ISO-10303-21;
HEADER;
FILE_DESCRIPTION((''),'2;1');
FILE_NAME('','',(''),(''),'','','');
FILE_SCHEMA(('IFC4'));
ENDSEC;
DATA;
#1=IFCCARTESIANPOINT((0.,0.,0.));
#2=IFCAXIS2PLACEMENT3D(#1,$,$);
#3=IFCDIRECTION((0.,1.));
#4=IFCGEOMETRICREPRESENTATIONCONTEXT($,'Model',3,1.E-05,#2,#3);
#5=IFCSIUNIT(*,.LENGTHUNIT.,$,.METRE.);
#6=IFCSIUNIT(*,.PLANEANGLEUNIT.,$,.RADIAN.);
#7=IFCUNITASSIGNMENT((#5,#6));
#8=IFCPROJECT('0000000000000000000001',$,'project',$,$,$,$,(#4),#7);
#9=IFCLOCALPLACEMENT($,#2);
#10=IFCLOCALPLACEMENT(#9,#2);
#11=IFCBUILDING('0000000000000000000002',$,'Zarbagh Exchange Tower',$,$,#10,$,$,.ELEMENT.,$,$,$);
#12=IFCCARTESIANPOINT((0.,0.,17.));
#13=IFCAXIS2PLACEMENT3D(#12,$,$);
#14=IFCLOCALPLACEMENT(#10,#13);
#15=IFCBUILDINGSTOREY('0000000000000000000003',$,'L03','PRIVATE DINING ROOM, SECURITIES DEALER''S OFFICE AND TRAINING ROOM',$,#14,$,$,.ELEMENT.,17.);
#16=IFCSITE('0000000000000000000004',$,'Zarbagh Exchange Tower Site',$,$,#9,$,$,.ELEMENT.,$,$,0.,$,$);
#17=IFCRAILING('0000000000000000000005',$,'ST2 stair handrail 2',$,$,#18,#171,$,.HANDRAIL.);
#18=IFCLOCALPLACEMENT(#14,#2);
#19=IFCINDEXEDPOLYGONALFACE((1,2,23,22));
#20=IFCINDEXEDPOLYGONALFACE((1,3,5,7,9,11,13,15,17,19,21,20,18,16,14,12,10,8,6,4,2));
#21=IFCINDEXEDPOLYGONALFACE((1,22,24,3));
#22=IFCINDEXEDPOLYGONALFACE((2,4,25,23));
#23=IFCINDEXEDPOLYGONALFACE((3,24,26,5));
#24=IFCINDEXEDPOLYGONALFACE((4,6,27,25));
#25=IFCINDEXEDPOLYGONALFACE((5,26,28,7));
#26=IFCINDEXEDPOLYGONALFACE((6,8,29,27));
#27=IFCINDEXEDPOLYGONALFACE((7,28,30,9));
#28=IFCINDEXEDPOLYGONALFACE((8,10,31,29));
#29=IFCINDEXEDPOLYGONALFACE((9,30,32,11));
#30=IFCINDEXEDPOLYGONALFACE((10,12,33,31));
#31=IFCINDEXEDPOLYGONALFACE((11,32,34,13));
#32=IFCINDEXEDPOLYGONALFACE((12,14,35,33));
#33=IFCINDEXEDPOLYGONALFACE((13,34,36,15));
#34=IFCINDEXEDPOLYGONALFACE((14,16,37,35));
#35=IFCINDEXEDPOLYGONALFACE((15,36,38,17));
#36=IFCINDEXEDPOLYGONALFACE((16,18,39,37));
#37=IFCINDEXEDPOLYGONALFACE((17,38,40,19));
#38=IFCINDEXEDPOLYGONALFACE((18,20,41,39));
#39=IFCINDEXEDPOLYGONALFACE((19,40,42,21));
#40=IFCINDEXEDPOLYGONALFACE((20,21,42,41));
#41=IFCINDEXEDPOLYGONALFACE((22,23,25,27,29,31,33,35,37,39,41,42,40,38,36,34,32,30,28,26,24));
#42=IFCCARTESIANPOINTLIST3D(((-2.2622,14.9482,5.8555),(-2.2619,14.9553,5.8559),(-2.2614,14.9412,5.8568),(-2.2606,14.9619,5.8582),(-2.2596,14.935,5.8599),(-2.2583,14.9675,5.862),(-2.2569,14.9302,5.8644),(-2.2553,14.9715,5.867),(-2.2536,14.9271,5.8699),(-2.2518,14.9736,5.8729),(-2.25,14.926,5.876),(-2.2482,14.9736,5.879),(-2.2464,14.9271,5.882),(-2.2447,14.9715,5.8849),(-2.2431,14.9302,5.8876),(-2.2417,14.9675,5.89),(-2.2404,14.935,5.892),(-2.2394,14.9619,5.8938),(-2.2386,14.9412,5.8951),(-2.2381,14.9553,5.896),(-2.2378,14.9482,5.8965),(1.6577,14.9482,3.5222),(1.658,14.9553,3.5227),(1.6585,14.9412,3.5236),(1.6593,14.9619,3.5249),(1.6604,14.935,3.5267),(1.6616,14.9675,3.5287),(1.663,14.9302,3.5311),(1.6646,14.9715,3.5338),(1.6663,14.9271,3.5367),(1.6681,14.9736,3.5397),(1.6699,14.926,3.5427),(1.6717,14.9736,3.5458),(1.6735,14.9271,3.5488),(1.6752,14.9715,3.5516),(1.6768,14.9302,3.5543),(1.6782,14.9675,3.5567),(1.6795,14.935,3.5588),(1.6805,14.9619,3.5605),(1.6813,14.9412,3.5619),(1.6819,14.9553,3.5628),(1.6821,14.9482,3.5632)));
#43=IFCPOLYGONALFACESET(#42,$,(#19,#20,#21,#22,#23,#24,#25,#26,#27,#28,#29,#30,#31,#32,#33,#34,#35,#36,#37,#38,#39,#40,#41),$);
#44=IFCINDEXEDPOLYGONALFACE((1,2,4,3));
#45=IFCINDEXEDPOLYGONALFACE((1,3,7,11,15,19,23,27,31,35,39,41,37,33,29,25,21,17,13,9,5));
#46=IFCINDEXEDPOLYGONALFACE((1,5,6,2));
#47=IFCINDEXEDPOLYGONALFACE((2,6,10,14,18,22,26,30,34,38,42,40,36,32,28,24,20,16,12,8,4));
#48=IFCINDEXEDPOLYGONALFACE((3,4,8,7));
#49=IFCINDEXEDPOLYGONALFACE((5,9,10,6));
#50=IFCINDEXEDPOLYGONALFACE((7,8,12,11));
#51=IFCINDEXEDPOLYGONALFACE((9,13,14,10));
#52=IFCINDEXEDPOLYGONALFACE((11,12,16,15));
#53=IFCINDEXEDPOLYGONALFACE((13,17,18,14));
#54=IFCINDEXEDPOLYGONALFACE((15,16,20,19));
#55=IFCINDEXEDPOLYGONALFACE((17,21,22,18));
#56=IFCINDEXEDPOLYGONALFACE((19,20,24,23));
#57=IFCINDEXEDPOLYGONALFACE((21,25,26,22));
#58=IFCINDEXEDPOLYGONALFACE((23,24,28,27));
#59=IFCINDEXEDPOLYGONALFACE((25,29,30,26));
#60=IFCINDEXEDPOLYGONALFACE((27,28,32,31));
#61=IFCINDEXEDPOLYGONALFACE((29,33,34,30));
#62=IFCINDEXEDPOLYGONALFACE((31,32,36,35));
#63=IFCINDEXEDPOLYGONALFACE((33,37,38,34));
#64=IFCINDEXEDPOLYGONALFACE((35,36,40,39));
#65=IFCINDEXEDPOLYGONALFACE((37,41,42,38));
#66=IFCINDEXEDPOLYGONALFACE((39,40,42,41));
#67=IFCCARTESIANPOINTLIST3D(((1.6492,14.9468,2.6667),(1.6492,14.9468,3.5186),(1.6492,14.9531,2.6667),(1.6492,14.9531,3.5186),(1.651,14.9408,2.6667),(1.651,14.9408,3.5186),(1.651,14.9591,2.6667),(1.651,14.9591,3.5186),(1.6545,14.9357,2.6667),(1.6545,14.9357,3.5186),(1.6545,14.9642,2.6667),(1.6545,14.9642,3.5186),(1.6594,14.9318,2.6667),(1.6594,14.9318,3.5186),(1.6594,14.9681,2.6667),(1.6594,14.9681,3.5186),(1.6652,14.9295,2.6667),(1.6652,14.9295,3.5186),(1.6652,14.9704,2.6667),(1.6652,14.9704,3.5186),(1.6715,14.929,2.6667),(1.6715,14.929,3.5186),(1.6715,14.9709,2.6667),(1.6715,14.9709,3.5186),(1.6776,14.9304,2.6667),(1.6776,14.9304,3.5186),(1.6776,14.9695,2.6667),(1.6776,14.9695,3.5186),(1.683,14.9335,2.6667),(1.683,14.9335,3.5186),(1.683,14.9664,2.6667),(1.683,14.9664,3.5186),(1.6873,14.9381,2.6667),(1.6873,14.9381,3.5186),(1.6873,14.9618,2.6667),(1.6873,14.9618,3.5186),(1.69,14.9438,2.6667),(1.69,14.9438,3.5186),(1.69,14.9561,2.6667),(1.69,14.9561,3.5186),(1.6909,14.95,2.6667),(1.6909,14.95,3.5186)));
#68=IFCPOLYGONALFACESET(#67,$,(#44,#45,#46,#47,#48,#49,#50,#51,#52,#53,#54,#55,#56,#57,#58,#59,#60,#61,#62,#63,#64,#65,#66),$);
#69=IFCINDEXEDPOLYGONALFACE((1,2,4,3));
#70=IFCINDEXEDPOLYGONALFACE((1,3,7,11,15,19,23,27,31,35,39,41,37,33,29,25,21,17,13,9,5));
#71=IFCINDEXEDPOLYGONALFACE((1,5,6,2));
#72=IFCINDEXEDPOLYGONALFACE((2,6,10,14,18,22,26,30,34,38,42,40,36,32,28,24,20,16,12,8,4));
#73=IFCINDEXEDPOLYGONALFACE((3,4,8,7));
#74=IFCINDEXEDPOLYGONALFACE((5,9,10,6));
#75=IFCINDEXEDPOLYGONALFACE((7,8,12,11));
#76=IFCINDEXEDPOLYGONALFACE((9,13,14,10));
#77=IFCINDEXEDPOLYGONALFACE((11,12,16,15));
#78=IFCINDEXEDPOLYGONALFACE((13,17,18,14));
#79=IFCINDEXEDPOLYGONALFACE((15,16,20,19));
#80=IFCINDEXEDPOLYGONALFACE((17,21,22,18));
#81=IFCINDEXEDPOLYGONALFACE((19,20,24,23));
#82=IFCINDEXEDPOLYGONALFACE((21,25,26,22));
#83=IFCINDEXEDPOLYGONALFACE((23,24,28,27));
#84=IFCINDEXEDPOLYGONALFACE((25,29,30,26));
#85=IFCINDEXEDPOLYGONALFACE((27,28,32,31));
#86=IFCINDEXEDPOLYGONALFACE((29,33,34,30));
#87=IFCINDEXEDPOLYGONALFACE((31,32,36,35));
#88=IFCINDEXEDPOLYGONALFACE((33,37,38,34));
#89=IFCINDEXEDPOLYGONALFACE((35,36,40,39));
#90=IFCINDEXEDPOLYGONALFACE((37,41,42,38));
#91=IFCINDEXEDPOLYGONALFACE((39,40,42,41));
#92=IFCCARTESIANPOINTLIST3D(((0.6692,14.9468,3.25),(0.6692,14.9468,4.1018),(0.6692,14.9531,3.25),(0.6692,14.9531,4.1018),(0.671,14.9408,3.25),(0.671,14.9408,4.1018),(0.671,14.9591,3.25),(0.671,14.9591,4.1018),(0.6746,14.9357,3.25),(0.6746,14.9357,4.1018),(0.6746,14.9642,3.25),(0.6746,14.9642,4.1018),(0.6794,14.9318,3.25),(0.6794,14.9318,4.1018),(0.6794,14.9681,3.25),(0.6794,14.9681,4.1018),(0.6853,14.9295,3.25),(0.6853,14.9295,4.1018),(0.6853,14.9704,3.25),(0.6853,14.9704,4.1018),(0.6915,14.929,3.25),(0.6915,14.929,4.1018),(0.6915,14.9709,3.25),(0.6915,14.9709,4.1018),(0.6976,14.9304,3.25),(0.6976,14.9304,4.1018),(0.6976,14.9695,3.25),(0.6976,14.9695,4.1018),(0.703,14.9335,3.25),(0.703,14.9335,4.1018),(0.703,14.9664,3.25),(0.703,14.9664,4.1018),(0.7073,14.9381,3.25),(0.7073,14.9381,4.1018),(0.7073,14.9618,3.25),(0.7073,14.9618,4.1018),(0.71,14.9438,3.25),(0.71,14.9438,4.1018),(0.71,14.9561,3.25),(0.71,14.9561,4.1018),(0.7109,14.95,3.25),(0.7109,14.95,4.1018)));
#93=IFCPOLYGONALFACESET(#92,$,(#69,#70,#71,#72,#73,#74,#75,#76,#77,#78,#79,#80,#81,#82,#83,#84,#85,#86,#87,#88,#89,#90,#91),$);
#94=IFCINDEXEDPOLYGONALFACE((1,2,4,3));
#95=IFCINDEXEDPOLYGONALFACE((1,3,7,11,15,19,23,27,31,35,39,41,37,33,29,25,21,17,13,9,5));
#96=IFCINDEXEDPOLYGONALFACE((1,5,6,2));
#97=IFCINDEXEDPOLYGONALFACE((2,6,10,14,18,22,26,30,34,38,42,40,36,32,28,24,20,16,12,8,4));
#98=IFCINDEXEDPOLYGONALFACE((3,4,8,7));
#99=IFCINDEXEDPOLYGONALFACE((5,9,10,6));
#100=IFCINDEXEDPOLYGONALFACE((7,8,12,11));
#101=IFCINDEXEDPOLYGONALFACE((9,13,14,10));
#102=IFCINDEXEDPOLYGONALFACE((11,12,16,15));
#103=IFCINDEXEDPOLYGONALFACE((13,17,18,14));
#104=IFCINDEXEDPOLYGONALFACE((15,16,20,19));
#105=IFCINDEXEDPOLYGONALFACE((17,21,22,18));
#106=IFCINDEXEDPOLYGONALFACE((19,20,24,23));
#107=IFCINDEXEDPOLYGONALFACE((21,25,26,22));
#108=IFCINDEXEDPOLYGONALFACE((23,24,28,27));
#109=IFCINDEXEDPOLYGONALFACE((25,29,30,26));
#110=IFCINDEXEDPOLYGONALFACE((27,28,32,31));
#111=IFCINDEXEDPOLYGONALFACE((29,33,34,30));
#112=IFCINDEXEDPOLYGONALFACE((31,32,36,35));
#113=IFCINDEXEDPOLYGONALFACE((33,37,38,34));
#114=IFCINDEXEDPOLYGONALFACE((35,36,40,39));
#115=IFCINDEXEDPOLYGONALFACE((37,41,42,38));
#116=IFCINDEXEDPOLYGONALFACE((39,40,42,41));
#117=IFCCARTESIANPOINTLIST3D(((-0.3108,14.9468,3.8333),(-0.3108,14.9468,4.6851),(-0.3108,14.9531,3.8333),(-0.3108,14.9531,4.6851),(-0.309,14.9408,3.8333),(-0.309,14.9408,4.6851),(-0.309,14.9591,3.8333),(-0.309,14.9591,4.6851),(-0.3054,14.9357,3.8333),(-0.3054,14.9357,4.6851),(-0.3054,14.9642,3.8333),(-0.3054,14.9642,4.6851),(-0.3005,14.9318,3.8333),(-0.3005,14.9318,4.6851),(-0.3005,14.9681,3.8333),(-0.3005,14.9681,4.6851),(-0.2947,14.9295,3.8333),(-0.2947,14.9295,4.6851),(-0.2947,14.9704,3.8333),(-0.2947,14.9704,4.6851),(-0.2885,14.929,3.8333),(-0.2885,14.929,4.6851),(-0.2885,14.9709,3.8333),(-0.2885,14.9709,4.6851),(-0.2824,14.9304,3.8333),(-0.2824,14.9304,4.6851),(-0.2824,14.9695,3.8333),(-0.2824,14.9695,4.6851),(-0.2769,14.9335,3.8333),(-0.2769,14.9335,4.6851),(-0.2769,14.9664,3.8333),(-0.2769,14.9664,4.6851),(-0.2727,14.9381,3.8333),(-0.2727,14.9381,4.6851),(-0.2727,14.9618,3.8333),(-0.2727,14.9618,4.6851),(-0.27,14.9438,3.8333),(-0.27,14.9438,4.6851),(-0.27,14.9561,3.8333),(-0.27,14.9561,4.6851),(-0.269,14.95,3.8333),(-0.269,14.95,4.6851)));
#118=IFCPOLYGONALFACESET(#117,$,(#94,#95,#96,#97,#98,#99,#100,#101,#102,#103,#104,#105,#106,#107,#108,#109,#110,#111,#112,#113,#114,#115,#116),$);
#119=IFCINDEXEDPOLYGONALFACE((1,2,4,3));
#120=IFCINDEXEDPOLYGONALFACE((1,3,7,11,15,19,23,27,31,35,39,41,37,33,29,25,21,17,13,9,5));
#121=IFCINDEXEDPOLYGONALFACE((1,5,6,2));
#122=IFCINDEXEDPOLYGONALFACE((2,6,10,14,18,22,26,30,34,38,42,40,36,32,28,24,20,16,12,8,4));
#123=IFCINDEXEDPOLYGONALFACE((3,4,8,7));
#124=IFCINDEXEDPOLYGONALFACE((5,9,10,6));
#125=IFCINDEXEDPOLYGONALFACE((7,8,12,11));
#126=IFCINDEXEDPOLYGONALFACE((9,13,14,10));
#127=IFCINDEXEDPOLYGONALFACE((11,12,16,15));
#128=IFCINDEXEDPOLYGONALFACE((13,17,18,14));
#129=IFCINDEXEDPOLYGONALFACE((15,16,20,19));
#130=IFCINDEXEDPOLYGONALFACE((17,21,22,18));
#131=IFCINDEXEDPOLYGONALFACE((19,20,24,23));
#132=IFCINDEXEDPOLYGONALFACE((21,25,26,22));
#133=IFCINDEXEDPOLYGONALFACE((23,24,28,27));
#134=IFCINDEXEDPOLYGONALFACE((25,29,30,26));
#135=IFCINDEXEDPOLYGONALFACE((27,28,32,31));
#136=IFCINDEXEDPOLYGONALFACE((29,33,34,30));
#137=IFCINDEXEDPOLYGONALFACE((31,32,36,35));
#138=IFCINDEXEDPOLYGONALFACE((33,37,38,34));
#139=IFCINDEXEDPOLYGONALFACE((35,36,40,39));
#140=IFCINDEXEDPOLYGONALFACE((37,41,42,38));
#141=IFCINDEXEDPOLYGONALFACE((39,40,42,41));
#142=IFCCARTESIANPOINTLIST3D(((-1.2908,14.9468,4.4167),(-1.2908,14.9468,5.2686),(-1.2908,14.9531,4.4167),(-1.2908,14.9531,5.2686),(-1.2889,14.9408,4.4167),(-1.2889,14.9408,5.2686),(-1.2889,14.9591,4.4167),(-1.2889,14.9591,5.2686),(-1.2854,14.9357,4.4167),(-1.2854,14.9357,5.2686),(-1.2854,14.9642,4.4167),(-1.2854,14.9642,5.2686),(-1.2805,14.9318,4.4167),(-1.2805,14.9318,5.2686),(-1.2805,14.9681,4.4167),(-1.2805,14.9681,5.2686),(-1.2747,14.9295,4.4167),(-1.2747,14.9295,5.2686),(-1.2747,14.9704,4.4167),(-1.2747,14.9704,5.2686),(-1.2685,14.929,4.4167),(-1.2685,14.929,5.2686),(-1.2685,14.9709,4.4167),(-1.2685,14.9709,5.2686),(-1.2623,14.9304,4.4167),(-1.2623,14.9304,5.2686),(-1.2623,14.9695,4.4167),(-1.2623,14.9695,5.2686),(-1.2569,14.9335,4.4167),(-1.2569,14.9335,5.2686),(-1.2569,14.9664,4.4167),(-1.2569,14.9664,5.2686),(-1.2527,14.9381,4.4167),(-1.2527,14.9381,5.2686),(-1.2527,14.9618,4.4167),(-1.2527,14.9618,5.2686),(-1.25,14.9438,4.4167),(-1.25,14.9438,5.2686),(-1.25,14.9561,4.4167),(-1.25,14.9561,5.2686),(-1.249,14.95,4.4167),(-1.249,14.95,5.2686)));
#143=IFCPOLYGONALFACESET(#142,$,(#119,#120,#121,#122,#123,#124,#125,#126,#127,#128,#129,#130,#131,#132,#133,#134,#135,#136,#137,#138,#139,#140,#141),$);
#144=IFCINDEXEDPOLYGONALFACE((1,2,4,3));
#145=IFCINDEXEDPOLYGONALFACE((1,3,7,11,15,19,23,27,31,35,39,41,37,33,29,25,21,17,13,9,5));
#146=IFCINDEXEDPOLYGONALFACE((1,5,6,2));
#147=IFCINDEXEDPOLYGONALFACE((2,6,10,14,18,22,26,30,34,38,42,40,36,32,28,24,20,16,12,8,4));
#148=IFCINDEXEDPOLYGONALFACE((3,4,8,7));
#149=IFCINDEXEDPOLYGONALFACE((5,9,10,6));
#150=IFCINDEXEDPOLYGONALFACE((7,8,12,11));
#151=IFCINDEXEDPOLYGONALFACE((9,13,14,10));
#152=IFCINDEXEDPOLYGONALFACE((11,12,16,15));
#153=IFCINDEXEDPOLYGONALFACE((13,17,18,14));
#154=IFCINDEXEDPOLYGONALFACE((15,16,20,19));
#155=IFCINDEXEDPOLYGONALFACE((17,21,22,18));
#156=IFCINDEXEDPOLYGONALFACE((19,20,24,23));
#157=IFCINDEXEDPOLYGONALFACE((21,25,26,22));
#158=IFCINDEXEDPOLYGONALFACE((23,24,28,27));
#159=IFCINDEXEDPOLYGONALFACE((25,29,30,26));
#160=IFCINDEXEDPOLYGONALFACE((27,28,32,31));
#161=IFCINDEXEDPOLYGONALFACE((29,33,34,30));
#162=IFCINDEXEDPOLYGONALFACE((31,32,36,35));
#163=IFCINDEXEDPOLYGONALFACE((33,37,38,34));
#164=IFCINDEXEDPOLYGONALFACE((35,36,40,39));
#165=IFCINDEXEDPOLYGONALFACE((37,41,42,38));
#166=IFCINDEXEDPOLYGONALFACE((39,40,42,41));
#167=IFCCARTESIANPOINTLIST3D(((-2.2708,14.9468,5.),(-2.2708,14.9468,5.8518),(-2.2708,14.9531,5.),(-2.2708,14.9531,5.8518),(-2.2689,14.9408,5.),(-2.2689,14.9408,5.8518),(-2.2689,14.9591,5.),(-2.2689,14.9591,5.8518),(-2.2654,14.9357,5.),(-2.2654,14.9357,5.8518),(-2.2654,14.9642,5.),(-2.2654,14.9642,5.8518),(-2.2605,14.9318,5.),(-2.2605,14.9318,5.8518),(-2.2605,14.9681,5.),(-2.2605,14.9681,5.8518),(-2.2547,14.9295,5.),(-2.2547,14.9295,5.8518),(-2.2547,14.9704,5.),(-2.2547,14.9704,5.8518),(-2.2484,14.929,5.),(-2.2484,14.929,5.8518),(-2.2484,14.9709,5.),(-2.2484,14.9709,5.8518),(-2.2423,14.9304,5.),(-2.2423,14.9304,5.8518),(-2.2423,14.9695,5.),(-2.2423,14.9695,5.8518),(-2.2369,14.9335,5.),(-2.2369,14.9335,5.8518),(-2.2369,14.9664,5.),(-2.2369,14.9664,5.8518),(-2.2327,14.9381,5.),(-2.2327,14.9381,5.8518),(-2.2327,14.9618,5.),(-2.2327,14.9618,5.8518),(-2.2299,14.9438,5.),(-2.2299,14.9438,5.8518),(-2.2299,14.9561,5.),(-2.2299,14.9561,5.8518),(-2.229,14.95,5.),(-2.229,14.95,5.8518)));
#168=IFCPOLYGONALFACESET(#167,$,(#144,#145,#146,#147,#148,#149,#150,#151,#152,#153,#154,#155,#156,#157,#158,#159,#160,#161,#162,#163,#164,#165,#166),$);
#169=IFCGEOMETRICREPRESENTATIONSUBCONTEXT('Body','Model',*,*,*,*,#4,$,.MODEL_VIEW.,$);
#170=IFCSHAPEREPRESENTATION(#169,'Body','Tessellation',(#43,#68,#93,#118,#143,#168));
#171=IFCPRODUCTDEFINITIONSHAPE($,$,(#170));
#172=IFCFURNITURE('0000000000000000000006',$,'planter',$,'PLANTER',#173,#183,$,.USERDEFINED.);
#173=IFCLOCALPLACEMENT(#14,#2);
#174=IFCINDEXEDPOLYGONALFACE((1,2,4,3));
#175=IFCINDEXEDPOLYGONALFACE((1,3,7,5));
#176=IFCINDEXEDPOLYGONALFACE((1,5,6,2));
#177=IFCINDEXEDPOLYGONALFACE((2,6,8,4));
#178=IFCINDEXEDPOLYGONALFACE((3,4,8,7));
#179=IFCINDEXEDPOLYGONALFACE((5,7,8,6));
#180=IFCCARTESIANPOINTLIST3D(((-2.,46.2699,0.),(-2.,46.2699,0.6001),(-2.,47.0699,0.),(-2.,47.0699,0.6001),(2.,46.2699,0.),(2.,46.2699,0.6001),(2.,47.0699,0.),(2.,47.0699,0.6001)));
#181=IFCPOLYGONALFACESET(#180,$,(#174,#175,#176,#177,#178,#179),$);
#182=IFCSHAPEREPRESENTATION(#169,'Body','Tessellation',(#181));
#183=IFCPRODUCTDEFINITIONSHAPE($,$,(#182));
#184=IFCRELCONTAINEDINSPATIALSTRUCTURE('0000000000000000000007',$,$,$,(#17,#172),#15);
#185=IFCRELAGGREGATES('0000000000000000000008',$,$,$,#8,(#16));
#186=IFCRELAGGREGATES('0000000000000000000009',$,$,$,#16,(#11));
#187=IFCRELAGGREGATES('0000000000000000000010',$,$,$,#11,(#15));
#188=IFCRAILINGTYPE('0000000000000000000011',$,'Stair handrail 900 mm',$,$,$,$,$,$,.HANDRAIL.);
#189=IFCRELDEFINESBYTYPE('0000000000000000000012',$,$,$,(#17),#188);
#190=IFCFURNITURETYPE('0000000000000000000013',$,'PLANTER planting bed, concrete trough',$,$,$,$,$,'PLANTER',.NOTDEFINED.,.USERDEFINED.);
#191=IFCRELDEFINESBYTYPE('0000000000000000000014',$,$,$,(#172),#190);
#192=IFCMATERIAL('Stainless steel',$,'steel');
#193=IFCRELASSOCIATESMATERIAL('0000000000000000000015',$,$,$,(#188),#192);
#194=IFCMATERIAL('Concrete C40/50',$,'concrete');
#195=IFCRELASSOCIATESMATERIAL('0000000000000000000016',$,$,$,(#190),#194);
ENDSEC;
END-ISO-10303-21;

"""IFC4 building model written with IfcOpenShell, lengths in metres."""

from ifc_helpers import new_model, si_unit, direction, frame, origin, origin_2d, place, context, subcontext, project, spatial, rectangle, circle, extrude, material, type_object, element, save


model = new_model("IFC4")

# Units and contexts
model_context = context("Model", 3, precision=1e-05, world=origin(), true_north=direction((0.0, 1.0)))
body_context = subcontext(model_context, "Body", "Model", "MODEL_VIEW")
ifc_project = project(units=[si_unit("LENGTHUNIT", "METRE"), si_unit("PLANEANGLEUNIT", "RADIAN")], contexts=[model_context])

# Site, building, storey
site_placement = place(None, origin())
site = spatial("IfcSite", under=ifc_project, at=site_placement, Name="Zarbagh Exchange Tower Site", CompositionType="ELEMENT", RefElevation=0.0)
building_placement = place(site_placement, origin())
building = spatial("IfcBuilding", under=site, at=building_placement, Name="Zarbagh Exchange Tower", CompositionType="ELEMENT")
storey_placement = place(building_placement, frame((0.0, 0.0, 17.0)))
storey = spatial("IfcBuildingStorey", under=building, at=storey_placement, Name="L03", Description="PRIVATE DINING ROOM, SECURITIES DEALER'S OFFICE AND TRAINING ROOM", CompositionType="ELEMENT", Elevation=17.0)

# Shared definitions
ifc_material_1 = material(Name="Concrete C40/50", Category="concrete")

# Shared definitions
ifc_material_2 = material(Name="Stainless steel", Category="steel")

# Railing
railing_type_1 = type_object("IfcRailingType", Name="Stair handrail 900 mm", PredefinedType="HANDRAIL", material=ifc_material_2)
for number, where, name in (
    (1, (1.6699, 14.95, 2.6667), "ST2 stair handrail 2"),
):
    element("IfcRailing", number, at=place(storey_placement, frame(where)), inside=storey, type_object=railing_type_1, Name=name, PredefinedType="HANDRAIL", context=body_context, shape_type="SweptSolid", body=[
        extrude(circle(Radius=0.0239, at=origin_2d()), frame((0.0, 0.0, 0.876), z_axis=(-0.859296, 0.0, 0.511478), x_axis=(0.0, -1.0, 0.0)), (0.0, 0.0, 1.0), 4.5618),
        extrude(circle(Radius=0.021, at=origin_2d()), origin(), (0.0, 0.0, 1.0), 0.8518),
        extrude(circle(Radius=0.021, at=origin_2d()), frame((-0.98, 0.0, 0.5833)), (0.0, 0.0, 1.0), 0.8518),
        extrude(circle(Radius=0.021, at=origin_2d()), frame((-1.96, 0.0, 1.1665)), (0.0, 0.0, 1.0), 0.8518),
        extrude(circle(Radius=0.021, at=origin_2d()), frame((-2.9399, 0.0, 1.75)), (0.0, 0.0, 1.0), 0.8518),
        extrude(circle(Radius=0.021, at=origin_2d()), frame((-3.9199, 0.0, 2.3333)), (0.0, 0.0, 1.0), 0.8518),
    ])

# Furniture
furniture_type = type_object("IfcFurnitureType", Name="PLANTER planting bed, concrete trough", ElementType="PLANTER", AssemblyPlace="NOTDEFINED", PredefinedType="USERDEFINED", material=ifc_material_1)
furniture_placement = place(storey_placement, frame((0.0, 46.6699, 0.0), z_axis=(0.0, 0.0, 1.0), x_axis=(1.0, 0.0, 0.0)))
element("IfcFurniture", 2, at=furniture_placement, inside=storey, type_object=furniture_type, Name="planter", ObjectType="PLANTER", PredefinedType="USERDEFINED", context=body_context, shape_type="SweptSolid", body=[
    extrude(rectangle(XDim=4.0, YDim=0.8, at=origin_2d()), origin(), (0.0, 0.0, 1.0), 0.6001),
])

save(model, "model.ifc")
